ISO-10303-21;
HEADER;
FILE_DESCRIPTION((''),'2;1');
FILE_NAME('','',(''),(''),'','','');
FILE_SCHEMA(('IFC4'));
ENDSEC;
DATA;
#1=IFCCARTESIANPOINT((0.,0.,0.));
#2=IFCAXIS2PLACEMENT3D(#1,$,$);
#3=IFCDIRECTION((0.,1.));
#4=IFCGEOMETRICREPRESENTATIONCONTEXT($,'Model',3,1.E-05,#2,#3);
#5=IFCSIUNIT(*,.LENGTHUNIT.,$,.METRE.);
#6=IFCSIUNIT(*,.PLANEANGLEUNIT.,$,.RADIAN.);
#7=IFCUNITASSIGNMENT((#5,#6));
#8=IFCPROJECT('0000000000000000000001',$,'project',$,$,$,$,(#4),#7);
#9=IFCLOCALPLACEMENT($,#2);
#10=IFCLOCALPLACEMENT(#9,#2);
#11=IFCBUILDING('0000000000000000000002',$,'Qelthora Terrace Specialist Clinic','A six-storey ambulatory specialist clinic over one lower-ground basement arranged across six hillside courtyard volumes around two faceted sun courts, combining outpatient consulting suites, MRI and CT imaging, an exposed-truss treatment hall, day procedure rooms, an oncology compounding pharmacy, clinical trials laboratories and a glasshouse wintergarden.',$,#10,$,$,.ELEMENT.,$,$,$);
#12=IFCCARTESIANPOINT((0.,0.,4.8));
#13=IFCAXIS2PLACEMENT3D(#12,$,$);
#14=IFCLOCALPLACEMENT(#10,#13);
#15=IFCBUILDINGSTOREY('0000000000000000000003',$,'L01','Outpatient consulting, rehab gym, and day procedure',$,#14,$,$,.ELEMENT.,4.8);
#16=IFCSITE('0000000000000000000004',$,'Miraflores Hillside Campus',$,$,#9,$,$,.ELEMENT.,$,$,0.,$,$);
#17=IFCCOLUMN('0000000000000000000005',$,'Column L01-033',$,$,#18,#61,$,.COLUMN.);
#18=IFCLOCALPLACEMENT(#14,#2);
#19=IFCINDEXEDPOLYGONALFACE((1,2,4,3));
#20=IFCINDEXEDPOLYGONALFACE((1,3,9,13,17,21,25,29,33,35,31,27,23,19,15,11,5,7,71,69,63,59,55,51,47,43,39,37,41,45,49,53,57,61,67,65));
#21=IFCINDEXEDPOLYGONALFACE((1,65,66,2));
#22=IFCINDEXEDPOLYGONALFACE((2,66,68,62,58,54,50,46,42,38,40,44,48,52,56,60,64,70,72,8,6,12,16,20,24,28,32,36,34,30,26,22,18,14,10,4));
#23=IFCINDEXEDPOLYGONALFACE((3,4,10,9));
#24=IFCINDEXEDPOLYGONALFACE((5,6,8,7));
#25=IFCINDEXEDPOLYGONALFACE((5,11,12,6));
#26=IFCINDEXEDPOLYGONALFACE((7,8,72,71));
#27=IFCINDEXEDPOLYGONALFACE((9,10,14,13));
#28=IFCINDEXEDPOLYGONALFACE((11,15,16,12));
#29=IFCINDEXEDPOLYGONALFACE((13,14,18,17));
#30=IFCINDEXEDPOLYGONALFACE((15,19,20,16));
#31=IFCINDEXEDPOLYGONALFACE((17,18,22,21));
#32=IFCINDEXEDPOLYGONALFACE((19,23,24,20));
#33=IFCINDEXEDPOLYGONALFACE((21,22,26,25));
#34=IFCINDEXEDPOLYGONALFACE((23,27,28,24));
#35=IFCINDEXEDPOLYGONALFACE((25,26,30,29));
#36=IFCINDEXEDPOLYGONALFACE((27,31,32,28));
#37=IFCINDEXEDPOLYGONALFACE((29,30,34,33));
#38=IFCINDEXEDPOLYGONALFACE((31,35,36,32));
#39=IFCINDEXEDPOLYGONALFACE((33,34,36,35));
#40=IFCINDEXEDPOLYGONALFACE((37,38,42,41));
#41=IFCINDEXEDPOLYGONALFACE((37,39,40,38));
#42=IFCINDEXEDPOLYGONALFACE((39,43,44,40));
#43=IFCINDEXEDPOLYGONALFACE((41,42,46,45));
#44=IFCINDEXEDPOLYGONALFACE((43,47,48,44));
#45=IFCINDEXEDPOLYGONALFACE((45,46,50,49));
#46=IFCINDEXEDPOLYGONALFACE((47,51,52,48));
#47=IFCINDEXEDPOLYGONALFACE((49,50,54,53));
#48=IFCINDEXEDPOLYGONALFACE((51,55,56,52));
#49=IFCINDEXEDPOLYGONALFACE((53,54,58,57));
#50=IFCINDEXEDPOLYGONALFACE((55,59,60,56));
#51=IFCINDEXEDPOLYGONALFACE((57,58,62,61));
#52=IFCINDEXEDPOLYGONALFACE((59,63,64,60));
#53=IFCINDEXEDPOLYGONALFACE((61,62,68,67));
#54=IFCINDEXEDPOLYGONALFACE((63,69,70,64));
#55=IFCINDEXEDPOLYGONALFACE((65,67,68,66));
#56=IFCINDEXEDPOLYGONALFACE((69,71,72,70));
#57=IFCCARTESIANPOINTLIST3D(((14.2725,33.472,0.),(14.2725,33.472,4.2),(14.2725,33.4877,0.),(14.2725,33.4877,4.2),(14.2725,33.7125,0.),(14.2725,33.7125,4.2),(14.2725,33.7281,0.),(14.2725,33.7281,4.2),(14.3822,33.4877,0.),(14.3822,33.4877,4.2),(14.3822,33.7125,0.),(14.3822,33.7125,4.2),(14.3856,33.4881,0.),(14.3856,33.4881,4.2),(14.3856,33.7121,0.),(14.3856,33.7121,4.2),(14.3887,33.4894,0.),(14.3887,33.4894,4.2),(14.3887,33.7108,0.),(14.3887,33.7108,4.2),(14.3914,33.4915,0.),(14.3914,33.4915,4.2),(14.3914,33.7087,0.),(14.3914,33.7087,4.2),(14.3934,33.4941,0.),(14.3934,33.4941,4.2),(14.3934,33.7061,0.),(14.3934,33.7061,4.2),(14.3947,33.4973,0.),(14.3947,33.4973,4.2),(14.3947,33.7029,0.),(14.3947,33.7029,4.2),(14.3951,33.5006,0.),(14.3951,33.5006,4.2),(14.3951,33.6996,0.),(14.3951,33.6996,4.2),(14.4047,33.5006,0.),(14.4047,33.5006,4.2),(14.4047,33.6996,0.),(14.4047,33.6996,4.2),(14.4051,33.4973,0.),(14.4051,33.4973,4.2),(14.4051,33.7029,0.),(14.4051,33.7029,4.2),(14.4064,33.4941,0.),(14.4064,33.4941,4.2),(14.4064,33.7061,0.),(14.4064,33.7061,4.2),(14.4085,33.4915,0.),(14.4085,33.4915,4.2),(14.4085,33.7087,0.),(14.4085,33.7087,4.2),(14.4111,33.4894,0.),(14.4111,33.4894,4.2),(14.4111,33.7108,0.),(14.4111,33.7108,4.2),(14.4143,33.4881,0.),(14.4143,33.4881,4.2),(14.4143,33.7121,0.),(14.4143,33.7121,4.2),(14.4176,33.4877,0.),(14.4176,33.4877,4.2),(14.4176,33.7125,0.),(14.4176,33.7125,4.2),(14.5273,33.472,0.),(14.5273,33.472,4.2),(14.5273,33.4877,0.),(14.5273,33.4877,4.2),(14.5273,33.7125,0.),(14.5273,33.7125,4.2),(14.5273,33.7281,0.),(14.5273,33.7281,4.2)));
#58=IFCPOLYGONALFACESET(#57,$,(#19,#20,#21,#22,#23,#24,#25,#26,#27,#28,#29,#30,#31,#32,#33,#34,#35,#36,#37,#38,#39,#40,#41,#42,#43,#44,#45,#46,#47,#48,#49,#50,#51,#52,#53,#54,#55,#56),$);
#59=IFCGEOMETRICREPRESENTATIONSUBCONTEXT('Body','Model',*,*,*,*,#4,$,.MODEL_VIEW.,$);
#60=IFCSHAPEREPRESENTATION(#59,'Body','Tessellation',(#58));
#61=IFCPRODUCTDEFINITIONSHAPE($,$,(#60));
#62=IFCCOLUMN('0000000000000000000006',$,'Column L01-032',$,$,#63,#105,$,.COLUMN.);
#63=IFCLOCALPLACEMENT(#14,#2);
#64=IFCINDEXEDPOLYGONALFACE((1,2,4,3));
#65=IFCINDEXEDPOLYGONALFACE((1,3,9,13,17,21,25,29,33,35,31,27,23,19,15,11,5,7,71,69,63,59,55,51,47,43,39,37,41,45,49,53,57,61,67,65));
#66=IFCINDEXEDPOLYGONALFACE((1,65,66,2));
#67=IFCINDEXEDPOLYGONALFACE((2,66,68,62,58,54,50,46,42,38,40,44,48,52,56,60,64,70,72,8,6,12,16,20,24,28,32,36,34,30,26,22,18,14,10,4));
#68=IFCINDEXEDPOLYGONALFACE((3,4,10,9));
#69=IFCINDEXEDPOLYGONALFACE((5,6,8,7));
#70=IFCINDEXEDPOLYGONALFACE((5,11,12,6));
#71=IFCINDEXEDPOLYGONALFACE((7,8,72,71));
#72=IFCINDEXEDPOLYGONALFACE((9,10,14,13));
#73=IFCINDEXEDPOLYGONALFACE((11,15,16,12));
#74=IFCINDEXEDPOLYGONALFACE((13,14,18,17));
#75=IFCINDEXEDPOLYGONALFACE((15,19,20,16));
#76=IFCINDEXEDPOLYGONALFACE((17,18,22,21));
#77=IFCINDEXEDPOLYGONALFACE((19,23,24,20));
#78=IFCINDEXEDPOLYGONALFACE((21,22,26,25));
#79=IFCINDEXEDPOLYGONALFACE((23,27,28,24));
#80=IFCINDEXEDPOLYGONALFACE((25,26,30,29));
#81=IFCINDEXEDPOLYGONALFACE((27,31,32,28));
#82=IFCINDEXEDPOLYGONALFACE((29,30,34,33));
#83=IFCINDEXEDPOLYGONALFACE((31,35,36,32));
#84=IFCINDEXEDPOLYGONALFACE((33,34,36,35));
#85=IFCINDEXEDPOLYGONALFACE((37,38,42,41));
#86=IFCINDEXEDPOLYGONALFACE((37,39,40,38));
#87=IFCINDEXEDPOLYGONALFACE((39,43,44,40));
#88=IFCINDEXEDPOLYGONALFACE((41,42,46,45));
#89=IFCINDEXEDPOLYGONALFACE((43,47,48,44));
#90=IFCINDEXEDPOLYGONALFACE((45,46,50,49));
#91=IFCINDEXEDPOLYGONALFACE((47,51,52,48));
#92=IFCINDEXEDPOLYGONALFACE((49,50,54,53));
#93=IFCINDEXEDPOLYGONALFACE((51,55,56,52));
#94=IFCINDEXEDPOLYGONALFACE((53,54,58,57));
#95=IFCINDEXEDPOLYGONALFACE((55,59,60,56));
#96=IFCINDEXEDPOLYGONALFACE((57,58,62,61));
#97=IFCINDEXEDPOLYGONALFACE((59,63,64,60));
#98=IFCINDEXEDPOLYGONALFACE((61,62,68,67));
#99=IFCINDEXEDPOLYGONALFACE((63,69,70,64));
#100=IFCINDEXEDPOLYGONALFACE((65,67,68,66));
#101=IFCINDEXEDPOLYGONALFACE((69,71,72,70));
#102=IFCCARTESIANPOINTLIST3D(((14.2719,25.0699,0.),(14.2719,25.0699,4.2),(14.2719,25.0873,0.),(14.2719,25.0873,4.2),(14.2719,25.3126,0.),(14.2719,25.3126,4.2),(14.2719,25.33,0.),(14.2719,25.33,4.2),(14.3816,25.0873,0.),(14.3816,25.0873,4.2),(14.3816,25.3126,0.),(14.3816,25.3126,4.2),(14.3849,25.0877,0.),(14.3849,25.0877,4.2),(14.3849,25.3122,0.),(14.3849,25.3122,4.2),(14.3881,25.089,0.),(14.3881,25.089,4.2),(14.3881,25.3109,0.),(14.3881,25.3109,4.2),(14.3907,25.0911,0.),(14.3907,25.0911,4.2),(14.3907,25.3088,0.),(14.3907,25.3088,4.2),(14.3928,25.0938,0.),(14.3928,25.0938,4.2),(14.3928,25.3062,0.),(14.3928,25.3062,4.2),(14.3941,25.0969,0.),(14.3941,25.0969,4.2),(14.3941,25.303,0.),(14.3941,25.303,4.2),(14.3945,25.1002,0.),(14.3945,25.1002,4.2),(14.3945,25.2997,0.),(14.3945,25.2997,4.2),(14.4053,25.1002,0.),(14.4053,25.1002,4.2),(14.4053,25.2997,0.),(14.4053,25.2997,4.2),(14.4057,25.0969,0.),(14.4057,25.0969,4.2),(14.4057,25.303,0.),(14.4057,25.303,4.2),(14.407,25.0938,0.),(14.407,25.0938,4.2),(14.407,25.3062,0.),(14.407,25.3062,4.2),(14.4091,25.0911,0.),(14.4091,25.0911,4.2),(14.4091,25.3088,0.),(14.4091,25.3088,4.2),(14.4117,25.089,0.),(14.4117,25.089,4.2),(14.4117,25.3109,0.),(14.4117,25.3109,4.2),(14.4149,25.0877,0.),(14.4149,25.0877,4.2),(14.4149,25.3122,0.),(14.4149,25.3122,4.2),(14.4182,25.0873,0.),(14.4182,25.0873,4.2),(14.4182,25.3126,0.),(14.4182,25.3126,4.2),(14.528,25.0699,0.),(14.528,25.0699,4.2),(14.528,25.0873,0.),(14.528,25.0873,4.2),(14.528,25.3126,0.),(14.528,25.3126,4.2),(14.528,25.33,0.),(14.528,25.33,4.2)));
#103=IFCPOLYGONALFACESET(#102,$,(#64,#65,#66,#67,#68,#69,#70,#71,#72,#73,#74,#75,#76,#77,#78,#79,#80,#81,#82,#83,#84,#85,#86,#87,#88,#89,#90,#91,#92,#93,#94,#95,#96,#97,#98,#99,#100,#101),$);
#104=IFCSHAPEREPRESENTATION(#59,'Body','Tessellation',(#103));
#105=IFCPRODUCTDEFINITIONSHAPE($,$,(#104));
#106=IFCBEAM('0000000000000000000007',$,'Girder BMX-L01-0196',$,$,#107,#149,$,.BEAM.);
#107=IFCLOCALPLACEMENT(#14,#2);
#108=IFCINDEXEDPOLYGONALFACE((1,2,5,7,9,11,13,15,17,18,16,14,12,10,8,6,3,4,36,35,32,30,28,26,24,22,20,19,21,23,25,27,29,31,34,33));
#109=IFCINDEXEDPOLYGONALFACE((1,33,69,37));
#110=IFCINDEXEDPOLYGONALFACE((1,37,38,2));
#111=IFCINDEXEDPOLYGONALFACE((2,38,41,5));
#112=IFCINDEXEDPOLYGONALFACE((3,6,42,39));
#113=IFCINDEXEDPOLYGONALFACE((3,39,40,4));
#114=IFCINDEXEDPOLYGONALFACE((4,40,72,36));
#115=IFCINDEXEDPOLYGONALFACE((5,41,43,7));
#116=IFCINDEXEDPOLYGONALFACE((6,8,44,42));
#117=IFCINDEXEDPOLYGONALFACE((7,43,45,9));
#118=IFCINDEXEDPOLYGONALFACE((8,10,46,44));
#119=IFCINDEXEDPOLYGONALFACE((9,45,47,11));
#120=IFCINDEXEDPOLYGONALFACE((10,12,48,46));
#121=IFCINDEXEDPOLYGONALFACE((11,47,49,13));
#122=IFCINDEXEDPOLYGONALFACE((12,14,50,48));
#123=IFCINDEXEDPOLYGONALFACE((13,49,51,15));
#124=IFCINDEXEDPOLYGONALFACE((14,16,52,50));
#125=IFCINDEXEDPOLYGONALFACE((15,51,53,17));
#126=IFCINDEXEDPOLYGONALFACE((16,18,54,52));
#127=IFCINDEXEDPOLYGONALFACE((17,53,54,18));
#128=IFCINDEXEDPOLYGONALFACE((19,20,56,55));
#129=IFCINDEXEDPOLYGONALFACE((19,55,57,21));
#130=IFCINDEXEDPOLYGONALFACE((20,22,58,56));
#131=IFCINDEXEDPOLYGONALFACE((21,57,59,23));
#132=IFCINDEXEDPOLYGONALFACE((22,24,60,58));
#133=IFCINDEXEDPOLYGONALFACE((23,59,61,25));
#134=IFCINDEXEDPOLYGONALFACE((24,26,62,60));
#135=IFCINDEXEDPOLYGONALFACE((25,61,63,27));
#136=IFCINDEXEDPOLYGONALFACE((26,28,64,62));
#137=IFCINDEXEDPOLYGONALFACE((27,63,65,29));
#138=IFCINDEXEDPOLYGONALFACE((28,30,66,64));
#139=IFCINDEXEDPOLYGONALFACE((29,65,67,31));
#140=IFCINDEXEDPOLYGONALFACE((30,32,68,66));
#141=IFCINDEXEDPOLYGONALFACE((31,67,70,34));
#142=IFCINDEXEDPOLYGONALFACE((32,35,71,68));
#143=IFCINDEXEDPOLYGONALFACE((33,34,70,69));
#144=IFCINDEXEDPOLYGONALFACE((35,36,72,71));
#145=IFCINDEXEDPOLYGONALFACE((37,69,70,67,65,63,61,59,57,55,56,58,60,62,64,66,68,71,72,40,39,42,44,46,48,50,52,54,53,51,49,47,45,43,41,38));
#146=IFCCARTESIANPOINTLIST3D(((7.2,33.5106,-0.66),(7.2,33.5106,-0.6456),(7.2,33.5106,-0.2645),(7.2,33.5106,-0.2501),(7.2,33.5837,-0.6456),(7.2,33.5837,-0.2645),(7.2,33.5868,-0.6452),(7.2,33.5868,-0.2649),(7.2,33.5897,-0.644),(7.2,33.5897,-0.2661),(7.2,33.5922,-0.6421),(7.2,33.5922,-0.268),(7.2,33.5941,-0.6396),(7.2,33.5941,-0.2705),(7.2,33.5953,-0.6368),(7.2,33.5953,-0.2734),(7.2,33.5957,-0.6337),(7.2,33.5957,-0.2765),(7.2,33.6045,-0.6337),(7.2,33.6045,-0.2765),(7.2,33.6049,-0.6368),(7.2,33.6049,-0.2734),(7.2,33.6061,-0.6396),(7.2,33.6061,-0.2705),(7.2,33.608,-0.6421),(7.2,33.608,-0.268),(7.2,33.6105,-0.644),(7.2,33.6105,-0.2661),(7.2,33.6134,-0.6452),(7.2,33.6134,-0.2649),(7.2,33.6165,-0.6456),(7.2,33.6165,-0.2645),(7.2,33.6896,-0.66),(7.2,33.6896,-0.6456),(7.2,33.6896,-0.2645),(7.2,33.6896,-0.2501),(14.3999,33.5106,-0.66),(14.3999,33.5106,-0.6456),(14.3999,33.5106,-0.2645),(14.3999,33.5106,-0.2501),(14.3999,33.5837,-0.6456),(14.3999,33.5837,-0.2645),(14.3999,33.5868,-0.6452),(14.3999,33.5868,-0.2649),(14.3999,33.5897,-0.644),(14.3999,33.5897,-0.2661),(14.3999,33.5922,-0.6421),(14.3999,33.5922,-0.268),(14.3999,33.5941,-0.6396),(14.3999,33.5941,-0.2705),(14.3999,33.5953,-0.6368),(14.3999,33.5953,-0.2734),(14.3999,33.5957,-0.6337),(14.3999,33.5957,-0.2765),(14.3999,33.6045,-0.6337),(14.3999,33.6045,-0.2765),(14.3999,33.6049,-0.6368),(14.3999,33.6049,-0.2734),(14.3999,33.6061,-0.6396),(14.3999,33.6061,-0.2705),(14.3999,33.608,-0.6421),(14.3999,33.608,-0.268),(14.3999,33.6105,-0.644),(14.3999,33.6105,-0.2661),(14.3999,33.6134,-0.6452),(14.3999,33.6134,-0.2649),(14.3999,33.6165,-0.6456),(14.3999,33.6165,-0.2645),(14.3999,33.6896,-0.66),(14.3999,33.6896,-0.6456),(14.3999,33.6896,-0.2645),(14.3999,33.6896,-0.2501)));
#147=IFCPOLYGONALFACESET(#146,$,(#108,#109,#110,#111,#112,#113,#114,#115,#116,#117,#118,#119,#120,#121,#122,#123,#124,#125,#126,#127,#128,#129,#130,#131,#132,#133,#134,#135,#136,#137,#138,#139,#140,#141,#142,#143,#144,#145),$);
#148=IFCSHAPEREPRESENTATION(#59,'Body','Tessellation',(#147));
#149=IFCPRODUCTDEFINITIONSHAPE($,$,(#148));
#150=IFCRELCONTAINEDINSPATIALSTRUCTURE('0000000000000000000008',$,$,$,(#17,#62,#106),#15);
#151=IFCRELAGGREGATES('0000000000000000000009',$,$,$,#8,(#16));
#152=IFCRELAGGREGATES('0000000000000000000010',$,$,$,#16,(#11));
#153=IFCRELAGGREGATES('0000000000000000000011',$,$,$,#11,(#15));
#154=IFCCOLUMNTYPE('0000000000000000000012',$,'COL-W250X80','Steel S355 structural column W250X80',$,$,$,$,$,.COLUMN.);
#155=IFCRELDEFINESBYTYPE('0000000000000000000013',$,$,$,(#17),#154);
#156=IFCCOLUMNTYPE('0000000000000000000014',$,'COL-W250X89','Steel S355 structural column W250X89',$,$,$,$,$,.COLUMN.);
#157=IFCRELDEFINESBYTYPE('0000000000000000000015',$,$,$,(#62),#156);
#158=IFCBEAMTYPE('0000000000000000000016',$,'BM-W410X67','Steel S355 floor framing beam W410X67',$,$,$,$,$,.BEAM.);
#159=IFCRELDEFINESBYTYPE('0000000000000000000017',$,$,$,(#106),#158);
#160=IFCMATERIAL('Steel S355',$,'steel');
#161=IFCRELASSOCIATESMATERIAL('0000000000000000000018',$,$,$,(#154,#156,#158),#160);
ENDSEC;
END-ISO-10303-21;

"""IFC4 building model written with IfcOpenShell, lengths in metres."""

from ifc_helpers import new_model, si_unit, direction, frame, origin, origin_2d, place, context, subcontext, project, spatial, i_section, extrude, material, material_profile, profile_set, type_object, element, save


model = new_model("IFC4")

# Units and contexts
model_context = context("Model", 3, precision=1e-05, world=origin(), true_north=direction((0.0, 1.0)))
body_context = subcontext(model_context, "Body", "Model", "MODEL_VIEW")
ifc_project = project(units=[si_unit("LENGTHUNIT", "METRE"), si_unit("PLANEANGLEUNIT", "RADIAN")], contexts=[model_context])

# Site, building, storey
site_placement = place(None, origin())
site = spatial("IfcSite", under=ifc_project, at=site_placement, Name="Miraflores Hillside Campus", CompositionType="ELEMENT", RefElevation=0.0)
building_placement = place(site_placement, origin())
building = spatial("IfcBuilding", under=site, at=building_placement, Name="Qelthora Terrace Specialist Clinic", Description="A six-storey ambulatory specialist clinic over one lower-ground basement arranged across six hillside courtyard volumes around two faceted sun courts, combining outpatient consulting suites, MRI and CT imaging, an exposed-truss treatment hall, day procedure rooms, an oncology compounding pharmacy, clinical trials laboratories and a glasshouse wintergarden.", CompositionType="ELEMENT")
storey_placement = place(building_placement, frame((0.0, 0.0, 4.8)))
storey = spatial("IfcBuildingStorey", under=building, at=storey_placement, Name="L01", Description="Outpatient consulting, rehab gym, and day procedure", CompositionType="ELEMENT", Elevation=4.8)

# Columns
ifc_material_1 = material(Name="Steel S355", Category="steel")
ifc_material_profile_1 = material_profile(ifc_material_1, i_section(OverallWidth=0.2549, OverallDepth=0.2561, WebThickness=0.0095, FlangeThickness=0.0156, FilletRadius=0.0129, at=origin_2d()), Name="W250X80")
ifc_profile_set_1 = profile_set([ifc_material_profile_1], Name="Steel S355")
column_type_1 = type_object("IfcColumnType", Name="COL-W250X80", Description="Steel S355 structural column W250X80", PredefinedType="COLUMN", material=ifc_profile_set_1)
column_1_placement = place(storey_placement, frame((14.3999, 33.6001, 0.0), z_axis=(0.0, 0.0, 1.0), x_axis=(1.0, 0.0, 0.0)))
element("IfcColumn", 1, at=column_1_placement, inside=storey, type_object=column_type_1, Name="Column L01-033", PredefinedType="COLUMN", context=body_context, shape_type="SweptSolid", body=[
    extrude(i_section(OverallWidth=0.2549, OverallDepth=0.2561, WebThickness=0.0095, FlangeThickness=0.0156, FilletRadius=0.0129, at=origin_2d()), origin(), (0.0, 0.0, 1.0), 4.2),
])
ifc_material_profile_2 = material_profile(ifc_material_1, i_section(OverallWidth=0.2561, OverallDepth=0.26, WebThickness=0.0107, FlangeThickness=0.0173, FilletRadius=0.0129, at=origin_2d()), Name="W250X89")
ifc_profile_set_2 = profile_set([ifc_material_profile_2], Name="Steel S355")
column_type_2 = type_object("IfcColumnType", Name="COL-W250X89", Description="Steel S355 structural column W250X89", PredefinedType="COLUMN", material=ifc_profile_set_2)
column_2_placement = place(storey_placement, frame((14.3999, 25.2, 0.0), z_axis=(0.0, 0.0, 1.0), x_axis=(1.0, 0.0, 0.0)))
element("IfcColumn", 2, at=column_2_placement, inside=storey, type_object=column_type_2, Name="Column L01-032", PredefinedType="COLUMN", context=body_context, shape_type="SweptSolid", body=[
    extrude(i_section(OverallWidth=0.2561, OverallDepth=0.26, WebThickness=0.0107, FlangeThickness=0.0173, FilletRadius=0.0129, at=origin_2d()), origin(), (0.0, 0.0, 1.0), 4.2),
])

# Beam
ifc_material_profile_3 = material_profile(ifc_material_1, i_section(OverallWidth=0.179, OverallDepth=0.4099, WebThickness=0.0088, FlangeThickness=0.0144, FilletRadius=0.012, at=origin_2d()), Name="W410X67")
ifc_profile_set_3 = profile_set([ifc_material_profile_3], Name="Steel S355")
beam_type_1 = type_object("IfcBeamType", Name="BM-W410X67", Description="Steel S355 floor framing beam W410X67", PredefinedType="BEAM", material=ifc_profile_set_3)
beam_1_placement = place(storey_placement, frame((7.2, 33.6001, -0.4551), z_axis=(1.0, 0.0, 0.0), x_axis=(0.0, 1.0, 0.0)))
element("IfcBeam", 3, at=beam_1_placement, inside=storey, type_object=beam_type_1, Name="Girder BMX-L01-0196", PredefinedType="BEAM", context=body_context, shape_type="SweptSolid", body=[
    extrude(i_section(OverallWidth=0.179, OverallDepth=0.4099, WebThickness=0.0088, FlangeThickness=0.0144, FilletRadius=0.012, at=origin_2d()), origin(), (0.0, 0.0, 1.0), 7.2),
])

save(model, "model.ifc")
